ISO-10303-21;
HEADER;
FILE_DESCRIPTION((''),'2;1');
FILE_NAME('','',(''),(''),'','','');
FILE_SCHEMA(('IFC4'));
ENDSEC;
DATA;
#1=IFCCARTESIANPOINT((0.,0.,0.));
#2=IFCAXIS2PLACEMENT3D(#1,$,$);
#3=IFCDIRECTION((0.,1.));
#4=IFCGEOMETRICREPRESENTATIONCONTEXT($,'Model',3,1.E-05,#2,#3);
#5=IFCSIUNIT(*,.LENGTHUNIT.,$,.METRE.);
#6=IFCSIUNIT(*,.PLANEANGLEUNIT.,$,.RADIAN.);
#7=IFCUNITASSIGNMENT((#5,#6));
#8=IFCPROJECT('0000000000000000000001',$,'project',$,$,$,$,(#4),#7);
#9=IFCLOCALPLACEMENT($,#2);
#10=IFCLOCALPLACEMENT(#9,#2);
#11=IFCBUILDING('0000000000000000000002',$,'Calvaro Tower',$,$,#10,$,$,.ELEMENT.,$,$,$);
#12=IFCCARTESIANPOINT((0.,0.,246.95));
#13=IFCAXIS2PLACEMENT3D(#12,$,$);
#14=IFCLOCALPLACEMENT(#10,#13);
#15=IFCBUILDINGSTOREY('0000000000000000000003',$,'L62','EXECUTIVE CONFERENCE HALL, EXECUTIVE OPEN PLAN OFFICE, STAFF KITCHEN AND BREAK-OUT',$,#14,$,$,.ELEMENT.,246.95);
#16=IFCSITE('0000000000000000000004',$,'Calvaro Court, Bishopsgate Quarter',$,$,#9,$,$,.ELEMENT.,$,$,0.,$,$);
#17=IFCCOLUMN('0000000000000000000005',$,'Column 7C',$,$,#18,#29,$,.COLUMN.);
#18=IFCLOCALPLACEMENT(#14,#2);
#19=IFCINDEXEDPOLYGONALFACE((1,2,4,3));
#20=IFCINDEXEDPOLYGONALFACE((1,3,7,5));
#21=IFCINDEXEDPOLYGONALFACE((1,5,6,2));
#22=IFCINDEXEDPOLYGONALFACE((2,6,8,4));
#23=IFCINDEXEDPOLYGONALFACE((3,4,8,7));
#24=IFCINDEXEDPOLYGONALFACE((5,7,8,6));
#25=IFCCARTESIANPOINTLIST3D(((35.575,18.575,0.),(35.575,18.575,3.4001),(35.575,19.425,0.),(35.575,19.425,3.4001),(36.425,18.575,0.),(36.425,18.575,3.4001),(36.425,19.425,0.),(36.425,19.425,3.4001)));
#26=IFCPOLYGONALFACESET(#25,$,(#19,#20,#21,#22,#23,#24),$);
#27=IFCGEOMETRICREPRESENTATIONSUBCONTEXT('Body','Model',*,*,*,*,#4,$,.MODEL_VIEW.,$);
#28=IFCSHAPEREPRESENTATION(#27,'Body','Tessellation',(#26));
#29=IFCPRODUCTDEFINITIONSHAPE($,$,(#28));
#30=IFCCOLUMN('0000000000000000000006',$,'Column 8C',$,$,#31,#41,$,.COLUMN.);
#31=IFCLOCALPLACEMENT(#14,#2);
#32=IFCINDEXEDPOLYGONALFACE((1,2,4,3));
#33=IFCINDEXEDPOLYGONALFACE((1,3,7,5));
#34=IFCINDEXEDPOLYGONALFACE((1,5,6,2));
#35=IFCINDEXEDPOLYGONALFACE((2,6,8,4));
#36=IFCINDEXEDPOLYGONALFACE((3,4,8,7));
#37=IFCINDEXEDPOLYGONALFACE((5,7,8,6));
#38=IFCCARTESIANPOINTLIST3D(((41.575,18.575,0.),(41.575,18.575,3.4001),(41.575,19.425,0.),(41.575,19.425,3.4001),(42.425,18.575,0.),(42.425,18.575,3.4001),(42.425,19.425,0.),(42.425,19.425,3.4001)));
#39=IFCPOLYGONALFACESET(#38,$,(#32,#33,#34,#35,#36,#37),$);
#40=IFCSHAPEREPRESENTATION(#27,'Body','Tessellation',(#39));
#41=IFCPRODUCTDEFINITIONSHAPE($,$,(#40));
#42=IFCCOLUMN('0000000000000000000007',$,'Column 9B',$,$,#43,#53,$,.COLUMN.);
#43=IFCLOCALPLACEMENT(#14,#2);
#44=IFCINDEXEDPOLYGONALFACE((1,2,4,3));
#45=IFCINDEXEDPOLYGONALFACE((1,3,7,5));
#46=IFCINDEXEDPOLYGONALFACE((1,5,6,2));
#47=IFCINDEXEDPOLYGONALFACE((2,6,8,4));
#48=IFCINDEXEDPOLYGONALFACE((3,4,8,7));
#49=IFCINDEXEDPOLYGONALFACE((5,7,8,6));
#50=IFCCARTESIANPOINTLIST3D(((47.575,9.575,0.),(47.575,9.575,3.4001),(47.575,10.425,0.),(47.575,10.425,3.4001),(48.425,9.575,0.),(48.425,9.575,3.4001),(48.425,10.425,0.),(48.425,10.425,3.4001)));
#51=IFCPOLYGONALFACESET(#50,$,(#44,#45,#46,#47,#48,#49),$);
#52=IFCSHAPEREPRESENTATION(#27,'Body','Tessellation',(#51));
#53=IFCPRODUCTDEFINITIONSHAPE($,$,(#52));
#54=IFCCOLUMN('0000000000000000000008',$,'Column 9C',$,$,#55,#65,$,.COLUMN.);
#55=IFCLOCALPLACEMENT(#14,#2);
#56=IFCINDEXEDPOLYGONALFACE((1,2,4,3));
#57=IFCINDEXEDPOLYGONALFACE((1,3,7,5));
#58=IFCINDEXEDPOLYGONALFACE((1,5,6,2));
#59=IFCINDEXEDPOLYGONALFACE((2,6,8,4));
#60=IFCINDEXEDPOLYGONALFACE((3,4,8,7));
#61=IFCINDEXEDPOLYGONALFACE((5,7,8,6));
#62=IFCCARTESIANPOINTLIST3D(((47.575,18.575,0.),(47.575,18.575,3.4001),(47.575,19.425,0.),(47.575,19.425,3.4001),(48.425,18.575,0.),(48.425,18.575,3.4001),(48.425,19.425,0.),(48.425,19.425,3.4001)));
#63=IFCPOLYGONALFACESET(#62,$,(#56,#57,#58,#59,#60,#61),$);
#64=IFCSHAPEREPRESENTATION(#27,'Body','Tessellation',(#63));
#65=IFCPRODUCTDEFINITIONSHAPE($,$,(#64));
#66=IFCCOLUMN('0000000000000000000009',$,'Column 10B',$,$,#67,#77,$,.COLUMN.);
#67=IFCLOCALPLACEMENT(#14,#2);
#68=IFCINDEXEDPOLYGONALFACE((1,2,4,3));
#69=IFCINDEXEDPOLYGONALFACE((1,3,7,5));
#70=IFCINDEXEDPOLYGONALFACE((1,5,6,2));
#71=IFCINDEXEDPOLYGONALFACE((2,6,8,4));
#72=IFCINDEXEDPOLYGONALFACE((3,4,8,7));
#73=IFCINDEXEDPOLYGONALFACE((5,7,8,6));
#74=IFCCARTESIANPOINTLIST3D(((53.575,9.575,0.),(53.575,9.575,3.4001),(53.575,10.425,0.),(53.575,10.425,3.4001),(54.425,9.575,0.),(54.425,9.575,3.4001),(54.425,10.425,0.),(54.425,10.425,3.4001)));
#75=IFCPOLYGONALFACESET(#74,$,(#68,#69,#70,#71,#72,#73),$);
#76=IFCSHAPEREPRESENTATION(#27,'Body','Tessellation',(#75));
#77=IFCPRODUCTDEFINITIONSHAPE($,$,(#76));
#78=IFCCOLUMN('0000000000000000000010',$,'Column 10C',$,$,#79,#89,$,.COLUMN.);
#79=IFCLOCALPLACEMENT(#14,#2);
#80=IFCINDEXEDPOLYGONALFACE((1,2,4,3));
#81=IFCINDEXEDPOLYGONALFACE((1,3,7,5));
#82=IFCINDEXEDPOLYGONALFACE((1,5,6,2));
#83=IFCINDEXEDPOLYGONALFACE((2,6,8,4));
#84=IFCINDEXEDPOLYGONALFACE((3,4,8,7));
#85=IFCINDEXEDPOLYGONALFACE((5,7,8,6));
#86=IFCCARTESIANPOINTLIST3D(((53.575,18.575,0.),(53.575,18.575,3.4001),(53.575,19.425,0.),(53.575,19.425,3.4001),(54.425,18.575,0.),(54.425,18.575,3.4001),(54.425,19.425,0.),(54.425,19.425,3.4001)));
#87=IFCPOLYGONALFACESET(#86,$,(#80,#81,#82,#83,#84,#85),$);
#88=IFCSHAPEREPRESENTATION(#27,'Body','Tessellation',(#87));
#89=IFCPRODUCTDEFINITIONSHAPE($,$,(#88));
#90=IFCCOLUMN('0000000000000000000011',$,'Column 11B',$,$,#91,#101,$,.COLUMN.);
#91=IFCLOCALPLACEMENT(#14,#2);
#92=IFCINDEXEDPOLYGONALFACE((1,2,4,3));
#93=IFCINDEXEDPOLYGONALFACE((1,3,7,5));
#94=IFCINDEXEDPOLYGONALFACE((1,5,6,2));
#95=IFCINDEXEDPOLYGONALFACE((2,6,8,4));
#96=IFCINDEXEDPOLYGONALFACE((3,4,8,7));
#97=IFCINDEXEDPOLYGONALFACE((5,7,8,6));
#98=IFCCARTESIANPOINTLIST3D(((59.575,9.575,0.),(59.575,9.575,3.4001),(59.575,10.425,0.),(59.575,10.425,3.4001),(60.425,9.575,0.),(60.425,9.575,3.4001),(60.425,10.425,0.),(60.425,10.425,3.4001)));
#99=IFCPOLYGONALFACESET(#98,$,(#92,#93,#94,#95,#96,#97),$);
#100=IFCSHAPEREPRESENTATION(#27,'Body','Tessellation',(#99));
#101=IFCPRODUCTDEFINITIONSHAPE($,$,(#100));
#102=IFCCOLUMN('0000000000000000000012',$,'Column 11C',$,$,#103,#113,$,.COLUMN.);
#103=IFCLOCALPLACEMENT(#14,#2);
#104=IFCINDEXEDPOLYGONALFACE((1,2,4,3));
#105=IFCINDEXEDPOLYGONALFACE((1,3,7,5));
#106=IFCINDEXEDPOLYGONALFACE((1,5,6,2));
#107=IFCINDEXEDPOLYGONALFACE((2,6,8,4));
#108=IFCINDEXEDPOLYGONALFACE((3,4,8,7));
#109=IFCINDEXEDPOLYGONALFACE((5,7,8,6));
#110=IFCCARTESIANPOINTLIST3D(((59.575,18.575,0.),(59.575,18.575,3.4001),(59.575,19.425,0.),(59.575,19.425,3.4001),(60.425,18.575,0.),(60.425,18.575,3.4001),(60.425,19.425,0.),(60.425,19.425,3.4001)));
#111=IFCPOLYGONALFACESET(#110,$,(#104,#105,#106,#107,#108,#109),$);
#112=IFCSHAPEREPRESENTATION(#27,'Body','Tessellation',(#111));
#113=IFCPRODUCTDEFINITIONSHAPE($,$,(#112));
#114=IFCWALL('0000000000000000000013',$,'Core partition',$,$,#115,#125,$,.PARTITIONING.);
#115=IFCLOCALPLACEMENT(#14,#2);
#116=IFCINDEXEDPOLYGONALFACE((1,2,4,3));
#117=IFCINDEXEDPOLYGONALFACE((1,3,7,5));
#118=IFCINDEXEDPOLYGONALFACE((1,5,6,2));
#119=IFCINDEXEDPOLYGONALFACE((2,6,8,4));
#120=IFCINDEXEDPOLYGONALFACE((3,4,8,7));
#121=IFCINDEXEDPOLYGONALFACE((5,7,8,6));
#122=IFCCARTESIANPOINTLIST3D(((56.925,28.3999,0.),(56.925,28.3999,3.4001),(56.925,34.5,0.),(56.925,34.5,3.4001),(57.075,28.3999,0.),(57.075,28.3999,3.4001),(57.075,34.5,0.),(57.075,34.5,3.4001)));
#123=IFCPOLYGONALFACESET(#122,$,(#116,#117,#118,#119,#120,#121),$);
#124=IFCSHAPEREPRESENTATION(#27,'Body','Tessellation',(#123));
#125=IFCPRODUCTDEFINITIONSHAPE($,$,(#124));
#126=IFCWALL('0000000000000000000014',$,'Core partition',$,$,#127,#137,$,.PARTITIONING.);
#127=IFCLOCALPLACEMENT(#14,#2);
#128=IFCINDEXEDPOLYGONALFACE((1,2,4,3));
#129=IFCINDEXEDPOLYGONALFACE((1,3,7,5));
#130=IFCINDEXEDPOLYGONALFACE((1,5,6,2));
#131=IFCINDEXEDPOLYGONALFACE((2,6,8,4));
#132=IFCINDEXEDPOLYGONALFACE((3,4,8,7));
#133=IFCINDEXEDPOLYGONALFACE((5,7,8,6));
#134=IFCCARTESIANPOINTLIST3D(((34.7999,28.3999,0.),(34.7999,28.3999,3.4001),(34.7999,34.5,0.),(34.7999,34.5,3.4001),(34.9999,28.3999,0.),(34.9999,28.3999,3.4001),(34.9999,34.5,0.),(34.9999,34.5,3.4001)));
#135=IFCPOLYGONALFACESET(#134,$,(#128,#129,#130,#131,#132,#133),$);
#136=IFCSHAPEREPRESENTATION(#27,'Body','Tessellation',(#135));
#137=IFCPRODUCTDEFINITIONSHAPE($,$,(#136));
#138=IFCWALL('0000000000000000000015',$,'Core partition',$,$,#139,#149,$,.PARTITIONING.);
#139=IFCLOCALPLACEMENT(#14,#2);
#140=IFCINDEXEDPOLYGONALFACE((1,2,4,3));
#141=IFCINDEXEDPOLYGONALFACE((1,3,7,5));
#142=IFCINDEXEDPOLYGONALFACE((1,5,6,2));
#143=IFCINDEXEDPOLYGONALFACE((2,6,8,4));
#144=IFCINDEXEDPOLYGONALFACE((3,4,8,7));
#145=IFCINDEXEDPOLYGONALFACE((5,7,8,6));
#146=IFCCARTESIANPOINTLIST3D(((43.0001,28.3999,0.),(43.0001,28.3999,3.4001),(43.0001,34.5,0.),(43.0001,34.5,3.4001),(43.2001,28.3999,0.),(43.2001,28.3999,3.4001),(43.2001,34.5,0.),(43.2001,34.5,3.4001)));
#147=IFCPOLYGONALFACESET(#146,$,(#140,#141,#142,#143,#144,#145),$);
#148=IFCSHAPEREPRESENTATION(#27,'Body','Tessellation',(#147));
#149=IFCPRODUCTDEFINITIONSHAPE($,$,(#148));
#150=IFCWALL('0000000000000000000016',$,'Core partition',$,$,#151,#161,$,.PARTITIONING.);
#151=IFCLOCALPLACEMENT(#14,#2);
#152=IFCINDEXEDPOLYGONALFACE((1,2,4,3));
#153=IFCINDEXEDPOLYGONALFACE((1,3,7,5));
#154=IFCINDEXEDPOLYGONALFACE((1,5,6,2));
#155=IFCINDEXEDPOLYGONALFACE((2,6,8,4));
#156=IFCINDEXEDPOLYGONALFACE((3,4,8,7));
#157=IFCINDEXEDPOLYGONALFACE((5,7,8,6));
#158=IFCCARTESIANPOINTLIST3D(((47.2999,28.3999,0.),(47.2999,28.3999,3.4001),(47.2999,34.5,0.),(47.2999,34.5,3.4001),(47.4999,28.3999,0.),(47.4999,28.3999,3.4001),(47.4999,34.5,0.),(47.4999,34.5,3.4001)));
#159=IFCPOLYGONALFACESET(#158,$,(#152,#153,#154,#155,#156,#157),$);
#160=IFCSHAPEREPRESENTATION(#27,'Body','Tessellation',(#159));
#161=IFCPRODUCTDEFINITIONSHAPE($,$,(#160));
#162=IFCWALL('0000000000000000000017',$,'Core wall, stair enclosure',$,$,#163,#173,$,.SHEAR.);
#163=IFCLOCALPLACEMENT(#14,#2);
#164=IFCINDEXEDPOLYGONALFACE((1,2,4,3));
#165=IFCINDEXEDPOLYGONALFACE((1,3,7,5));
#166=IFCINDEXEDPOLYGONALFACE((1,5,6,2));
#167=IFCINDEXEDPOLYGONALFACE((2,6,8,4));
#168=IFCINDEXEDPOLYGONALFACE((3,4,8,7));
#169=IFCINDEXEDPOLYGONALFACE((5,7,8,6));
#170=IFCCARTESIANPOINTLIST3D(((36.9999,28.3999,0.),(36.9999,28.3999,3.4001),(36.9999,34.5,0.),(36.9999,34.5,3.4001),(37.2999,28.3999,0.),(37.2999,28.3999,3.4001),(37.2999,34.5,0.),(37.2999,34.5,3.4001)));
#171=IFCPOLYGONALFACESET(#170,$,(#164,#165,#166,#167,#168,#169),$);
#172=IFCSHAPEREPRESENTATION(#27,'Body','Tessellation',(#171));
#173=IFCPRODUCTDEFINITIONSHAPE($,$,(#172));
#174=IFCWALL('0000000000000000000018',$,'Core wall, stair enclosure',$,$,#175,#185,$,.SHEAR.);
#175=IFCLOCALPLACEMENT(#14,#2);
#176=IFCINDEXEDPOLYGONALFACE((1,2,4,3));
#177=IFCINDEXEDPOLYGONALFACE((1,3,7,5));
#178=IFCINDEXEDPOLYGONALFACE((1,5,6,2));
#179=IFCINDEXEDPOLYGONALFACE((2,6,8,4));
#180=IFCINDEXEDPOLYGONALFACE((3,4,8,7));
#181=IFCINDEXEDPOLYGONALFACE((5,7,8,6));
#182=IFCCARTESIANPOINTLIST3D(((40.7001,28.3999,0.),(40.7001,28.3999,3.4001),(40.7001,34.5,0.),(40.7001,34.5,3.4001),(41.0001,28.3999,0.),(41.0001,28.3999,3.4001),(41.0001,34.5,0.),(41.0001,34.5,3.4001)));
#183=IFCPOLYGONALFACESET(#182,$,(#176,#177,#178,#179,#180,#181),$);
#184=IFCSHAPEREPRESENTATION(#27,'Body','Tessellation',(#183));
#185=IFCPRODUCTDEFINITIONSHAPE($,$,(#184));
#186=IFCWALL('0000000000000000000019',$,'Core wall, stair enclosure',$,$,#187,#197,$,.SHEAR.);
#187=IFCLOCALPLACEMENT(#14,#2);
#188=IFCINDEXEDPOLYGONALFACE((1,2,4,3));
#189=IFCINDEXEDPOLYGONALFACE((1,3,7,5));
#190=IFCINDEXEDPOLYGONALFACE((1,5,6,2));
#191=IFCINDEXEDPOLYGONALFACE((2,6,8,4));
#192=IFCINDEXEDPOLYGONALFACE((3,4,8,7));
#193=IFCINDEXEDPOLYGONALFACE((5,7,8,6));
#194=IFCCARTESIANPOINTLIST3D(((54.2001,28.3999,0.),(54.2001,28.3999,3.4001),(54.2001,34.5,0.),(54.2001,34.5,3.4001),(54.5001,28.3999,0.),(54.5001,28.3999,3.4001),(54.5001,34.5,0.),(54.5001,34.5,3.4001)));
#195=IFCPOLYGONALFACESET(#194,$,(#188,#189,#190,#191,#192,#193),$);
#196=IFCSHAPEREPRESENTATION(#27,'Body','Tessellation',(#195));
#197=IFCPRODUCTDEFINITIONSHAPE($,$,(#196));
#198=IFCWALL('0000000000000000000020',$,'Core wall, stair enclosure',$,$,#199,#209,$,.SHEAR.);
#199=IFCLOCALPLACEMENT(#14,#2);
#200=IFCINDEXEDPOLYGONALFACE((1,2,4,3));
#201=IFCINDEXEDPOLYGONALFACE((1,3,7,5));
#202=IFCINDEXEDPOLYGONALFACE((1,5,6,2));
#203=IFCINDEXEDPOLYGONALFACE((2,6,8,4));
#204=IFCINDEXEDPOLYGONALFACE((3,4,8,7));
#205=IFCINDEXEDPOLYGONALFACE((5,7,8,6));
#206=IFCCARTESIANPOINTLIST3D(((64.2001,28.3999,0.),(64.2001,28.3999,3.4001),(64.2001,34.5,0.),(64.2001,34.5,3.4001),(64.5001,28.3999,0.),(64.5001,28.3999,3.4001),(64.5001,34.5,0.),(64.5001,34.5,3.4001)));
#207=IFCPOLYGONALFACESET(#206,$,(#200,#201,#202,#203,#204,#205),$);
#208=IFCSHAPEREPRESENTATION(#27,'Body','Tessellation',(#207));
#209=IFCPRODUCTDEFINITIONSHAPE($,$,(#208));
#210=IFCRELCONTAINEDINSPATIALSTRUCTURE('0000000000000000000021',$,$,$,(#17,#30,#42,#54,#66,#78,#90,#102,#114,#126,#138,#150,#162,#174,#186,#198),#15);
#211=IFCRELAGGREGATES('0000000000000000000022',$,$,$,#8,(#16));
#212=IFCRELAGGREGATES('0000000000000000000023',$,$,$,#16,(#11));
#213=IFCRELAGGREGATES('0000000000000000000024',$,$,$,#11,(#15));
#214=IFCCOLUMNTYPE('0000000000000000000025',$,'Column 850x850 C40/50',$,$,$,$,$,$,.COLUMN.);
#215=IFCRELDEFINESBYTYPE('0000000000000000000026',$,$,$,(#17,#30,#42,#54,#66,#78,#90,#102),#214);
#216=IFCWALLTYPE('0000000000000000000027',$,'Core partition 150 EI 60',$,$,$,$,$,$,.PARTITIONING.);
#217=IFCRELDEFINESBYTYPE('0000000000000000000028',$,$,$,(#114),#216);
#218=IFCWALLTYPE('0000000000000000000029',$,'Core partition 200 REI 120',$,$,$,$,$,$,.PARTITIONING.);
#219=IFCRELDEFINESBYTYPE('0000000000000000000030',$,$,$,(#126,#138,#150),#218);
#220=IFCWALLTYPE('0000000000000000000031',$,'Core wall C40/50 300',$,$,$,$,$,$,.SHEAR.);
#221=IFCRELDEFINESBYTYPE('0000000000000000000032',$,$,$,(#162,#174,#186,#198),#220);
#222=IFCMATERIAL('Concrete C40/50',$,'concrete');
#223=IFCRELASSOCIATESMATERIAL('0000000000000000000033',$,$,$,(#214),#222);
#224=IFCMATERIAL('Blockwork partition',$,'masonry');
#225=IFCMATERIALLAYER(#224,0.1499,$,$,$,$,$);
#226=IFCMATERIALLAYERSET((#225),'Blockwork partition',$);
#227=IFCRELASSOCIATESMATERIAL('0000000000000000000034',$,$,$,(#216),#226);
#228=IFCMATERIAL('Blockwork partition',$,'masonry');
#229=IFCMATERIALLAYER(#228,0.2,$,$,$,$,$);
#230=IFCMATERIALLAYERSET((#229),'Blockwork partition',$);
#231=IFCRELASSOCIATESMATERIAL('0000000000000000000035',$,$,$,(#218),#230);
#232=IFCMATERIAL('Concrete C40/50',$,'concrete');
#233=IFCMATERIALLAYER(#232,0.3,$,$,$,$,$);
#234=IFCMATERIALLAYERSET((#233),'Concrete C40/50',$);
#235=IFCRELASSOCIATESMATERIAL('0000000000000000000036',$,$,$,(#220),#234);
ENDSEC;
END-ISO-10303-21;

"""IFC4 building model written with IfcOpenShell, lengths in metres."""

from ifc_helpers import new_model, si_unit, direction, frame, frame_2d, origin, origin_2d, place, context, subcontext, project, spatial, rectangle, extrude, material, layer, layer_set, material_profile, profile_set, type_object, element, save


model = new_model("IFC4")

# Units and contexts
model_context = context("Model", 3, precision=1e-05, world=origin(), true_north=direction((0.0, 1.0)))
body_context = subcontext(model_context, "Body", "Model", "MODEL_VIEW")
ifc_project = project(units=[si_unit("LENGTHUNIT", "METRE"), si_unit("PLANEANGLEUNIT", "RADIAN")], contexts=[model_context])

# Site, building, storey
site_placement = place(None, origin())
site = spatial("IfcSite", under=ifc_project, at=site_placement, Name="Calvaro Court, Bishopsgate Quarter", CompositionType="ELEMENT", RefElevation=0.0)
building_placement = place(site_placement, origin())
building = spatial("IfcBuilding", under=site, at=building_placement, Name="Calvaro Tower", CompositionType="ELEMENT")
storey_placement = place(building_placement, frame((0.0, 0.0, 246.95)))
storey = spatial("IfcBuildingStorey", under=building, at=storey_placement, Name="L62", Description="EXECUTIVE CONFERENCE HALL, EXECUTIVE OPEN PLAN OFFICE, STAFF KITCHEN AND BREAK-OUT", CompositionType="ELEMENT", Elevation=246.95)

# Columns
ifc_material_1 = material(Name="Concrete C40/50", Category="concrete")
ifc_material_profile = material_profile(ifc_material_1, rectangle(XDim=0.8501, YDim=0.8501, at=origin_2d()), Name="RC 850x850")
ifc_profile_set = profile_set([ifc_material_profile], Name="Concrete C40/50")
column_type = type_object("IfcColumnType", Name="Column 850x850 C40/50", PredefinedType="COLUMN", material=ifc_profile_set)
for number, where, z_axis, x_axis, name in (
    (1, (36.0, 19.0, 0.0), (0.0, 0.0, 1.0), (1.0, 0.0, 0.0), "Column 7C"),
    (2, (42.0, 19.0, 0.0), (0.0, 0.0, 1.0), (1.0, 0.0, 0.0), "Column 8C"),
    (3, (48.0, 10.0, 0.0), (0.0, 0.0, 1.0), (1.0, 0.0, 0.0), "Column 9B"),
    (4, (48.0, 19.0, 0.0), (0.0, 0.0, 1.0), (1.0, 0.0, 0.0), "Column 9C"),
    (5, (54.0, 10.0, 0.0), (0.0, 0.0, 1.0), (1.0, 0.0, 0.0), "Column 10B"),
    (6, (54.0, 19.0, 0.0), (0.0, 0.0, 1.0), (1.0, 0.0, 0.0), "Column 10C"),
    (7, (60.0, 10.0, 0.0), (0.0, 0.0, 1.0), (1.0, 0.0, 0.0), "Column 11B"),
    (8, (60.0, 19.0, 0.0), (0.0, 0.0, 1.0), (1.0, 0.0, 0.0), "Column 11C"),
):
    element("IfcColumn", number, at=place(storey_placement, frame(where, z_axis=z_axis, x_axis=x_axis)), inside=storey, type_object=column_type, Name=name, PredefinedType="COLUMN", context=body_context, shape_type="SweptSolid", body=[
        extrude(rectangle(XDim=0.8501, YDim=0.8501, at=origin_2d()), origin(), (0.0, 0.0, 1.0), 3.4001),
    ])

# Walls
ifc_material_2 = material(Name="Blockwork partition", Category="masonry")
ifc_layer_1 = layer(ifc_material_2, 0.1499)
ifc_layer_set_1 = layer_set([ifc_layer_1], Name="Blockwork partition")
wall_type_1 = type_object("IfcWallType", Name="Core partition 150 EI 60", PredefinedType="PARTITIONING", material=ifc_layer_set_1)
wall_1_placement = place(storey_placement, frame((57.0, 28.3999, 0.0), z_axis=(0.0, 0.0, 1.0), x_axis=(0.0, 1.0, 0.0)))
element("IfcWall", 9, at=wall_1_placement, inside=storey, type_object=wall_type_1, Name="Core partition", PredefinedType="PARTITIONING", context=body_context, shape_type="SweptSolid", body=[
    extrude(rectangle(XDim=6.1001, YDim=0.1499, at=frame_2d((3.05, 0.0))), origin(), (0.0, 0.0, 1.0), 3.4001),
])
ifc_material_3 = material(Name="Blockwork partition", Category="masonry")
ifc_layer_2 = layer(ifc_material_3, 0.2)
ifc_layer_set_2 = layer_set([ifc_layer_2], Name="Blockwork partition")
wall_type_2 = type_object("IfcWallType", Name="Core partition 200 REI 120", PredefinedType="PARTITIONING", material=ifc_layer_set_2)
for number, where, z_axis, x_axis, name in (
    (10, (34.8999, 28.3999, 0.0), (0.0, 0.0, 1.0), (0.0, 1.0, 0.0), "Core partition"),
    (11, (43.1001, 28.3999, 0.0), (0.0, 0.0, 1.0), (0.0, 1.0, 0.0), "Core partition"),
    (12, (47.3999, 28.3999, 0.0), (0.0, 0.0, 1.0), (0.0, 1.0, 0.0), "Core partition"),
):
    element("IfcWall", number, at=place(storey_placement, frame(where, z_axis=z_axis, x_axis=x_axis)), inside=storey, type_object=wall_type_2, Name=name, PredefinedType="PARTITIONING", context=body_context, shape_type="SweptSolid", body=[
        extrude(rectangle(XDim=6.1001, YDim=0.2, at=frame_2d((3.05, 0.0))), origin(), (0.0, 0.0, 1.0), 3.4001),
    ])
ifc_material_4 = material(Name="Concrete C40/50", Category="concrete")
ifc_layer_3 = layer(ifc_material_4, 0.3)
ifc_layer_set_3 = layer_set([ifc_layer_3], Name="Concrete C40/50")
wall_type_3 = type_object("IfcWallType", Name="Core wall C40/50 300", PredefinedType="SHEAR", material=ifc_layer_set_3)
for number, where, z_axis, x_axis, name in (
    (13, (37.1499, 28.3999, 0.0), (0.0, 0.0, 1.0), (0.0, 1.0, 0.0), "Core wall, stair enclosure"),
    (14, (40.8501, 28.3999, 0.0), (0.0, 0.0, 1.0), (0.0, 1.0, 0.0), "Core wall, stair enclosure"),
    (15, (54.3501, 28.3999, 0.0), (0.0, 0.0, 1.0), (0.0, 1.0, 0.0), "Core wall, stair enclosure"),
    (16, (64.3501, 28.3999, 0.0), (0.0, 0.0, 1.0), (0.0, 1.0, 0.0), "Core wall, stair enclosure"),
):
    element("IfcWall", number, at=place(storey_placement, frame(where, z_axis=z_axis, x_axis=x_axis)), inside=storey, type_object=wall_type_3, Name=name, PredefinedType="SHEAR", context=body_context, shape_type="SweptSolid", body=[
        extrude(rectangle(XDim=6.1001, YDim=0.3, at=frame_2d((3.05, 0.0))), origin(), (0.0, 0.0, 1.0), 3.4001),
    ])

save(model, "model.ifc")
